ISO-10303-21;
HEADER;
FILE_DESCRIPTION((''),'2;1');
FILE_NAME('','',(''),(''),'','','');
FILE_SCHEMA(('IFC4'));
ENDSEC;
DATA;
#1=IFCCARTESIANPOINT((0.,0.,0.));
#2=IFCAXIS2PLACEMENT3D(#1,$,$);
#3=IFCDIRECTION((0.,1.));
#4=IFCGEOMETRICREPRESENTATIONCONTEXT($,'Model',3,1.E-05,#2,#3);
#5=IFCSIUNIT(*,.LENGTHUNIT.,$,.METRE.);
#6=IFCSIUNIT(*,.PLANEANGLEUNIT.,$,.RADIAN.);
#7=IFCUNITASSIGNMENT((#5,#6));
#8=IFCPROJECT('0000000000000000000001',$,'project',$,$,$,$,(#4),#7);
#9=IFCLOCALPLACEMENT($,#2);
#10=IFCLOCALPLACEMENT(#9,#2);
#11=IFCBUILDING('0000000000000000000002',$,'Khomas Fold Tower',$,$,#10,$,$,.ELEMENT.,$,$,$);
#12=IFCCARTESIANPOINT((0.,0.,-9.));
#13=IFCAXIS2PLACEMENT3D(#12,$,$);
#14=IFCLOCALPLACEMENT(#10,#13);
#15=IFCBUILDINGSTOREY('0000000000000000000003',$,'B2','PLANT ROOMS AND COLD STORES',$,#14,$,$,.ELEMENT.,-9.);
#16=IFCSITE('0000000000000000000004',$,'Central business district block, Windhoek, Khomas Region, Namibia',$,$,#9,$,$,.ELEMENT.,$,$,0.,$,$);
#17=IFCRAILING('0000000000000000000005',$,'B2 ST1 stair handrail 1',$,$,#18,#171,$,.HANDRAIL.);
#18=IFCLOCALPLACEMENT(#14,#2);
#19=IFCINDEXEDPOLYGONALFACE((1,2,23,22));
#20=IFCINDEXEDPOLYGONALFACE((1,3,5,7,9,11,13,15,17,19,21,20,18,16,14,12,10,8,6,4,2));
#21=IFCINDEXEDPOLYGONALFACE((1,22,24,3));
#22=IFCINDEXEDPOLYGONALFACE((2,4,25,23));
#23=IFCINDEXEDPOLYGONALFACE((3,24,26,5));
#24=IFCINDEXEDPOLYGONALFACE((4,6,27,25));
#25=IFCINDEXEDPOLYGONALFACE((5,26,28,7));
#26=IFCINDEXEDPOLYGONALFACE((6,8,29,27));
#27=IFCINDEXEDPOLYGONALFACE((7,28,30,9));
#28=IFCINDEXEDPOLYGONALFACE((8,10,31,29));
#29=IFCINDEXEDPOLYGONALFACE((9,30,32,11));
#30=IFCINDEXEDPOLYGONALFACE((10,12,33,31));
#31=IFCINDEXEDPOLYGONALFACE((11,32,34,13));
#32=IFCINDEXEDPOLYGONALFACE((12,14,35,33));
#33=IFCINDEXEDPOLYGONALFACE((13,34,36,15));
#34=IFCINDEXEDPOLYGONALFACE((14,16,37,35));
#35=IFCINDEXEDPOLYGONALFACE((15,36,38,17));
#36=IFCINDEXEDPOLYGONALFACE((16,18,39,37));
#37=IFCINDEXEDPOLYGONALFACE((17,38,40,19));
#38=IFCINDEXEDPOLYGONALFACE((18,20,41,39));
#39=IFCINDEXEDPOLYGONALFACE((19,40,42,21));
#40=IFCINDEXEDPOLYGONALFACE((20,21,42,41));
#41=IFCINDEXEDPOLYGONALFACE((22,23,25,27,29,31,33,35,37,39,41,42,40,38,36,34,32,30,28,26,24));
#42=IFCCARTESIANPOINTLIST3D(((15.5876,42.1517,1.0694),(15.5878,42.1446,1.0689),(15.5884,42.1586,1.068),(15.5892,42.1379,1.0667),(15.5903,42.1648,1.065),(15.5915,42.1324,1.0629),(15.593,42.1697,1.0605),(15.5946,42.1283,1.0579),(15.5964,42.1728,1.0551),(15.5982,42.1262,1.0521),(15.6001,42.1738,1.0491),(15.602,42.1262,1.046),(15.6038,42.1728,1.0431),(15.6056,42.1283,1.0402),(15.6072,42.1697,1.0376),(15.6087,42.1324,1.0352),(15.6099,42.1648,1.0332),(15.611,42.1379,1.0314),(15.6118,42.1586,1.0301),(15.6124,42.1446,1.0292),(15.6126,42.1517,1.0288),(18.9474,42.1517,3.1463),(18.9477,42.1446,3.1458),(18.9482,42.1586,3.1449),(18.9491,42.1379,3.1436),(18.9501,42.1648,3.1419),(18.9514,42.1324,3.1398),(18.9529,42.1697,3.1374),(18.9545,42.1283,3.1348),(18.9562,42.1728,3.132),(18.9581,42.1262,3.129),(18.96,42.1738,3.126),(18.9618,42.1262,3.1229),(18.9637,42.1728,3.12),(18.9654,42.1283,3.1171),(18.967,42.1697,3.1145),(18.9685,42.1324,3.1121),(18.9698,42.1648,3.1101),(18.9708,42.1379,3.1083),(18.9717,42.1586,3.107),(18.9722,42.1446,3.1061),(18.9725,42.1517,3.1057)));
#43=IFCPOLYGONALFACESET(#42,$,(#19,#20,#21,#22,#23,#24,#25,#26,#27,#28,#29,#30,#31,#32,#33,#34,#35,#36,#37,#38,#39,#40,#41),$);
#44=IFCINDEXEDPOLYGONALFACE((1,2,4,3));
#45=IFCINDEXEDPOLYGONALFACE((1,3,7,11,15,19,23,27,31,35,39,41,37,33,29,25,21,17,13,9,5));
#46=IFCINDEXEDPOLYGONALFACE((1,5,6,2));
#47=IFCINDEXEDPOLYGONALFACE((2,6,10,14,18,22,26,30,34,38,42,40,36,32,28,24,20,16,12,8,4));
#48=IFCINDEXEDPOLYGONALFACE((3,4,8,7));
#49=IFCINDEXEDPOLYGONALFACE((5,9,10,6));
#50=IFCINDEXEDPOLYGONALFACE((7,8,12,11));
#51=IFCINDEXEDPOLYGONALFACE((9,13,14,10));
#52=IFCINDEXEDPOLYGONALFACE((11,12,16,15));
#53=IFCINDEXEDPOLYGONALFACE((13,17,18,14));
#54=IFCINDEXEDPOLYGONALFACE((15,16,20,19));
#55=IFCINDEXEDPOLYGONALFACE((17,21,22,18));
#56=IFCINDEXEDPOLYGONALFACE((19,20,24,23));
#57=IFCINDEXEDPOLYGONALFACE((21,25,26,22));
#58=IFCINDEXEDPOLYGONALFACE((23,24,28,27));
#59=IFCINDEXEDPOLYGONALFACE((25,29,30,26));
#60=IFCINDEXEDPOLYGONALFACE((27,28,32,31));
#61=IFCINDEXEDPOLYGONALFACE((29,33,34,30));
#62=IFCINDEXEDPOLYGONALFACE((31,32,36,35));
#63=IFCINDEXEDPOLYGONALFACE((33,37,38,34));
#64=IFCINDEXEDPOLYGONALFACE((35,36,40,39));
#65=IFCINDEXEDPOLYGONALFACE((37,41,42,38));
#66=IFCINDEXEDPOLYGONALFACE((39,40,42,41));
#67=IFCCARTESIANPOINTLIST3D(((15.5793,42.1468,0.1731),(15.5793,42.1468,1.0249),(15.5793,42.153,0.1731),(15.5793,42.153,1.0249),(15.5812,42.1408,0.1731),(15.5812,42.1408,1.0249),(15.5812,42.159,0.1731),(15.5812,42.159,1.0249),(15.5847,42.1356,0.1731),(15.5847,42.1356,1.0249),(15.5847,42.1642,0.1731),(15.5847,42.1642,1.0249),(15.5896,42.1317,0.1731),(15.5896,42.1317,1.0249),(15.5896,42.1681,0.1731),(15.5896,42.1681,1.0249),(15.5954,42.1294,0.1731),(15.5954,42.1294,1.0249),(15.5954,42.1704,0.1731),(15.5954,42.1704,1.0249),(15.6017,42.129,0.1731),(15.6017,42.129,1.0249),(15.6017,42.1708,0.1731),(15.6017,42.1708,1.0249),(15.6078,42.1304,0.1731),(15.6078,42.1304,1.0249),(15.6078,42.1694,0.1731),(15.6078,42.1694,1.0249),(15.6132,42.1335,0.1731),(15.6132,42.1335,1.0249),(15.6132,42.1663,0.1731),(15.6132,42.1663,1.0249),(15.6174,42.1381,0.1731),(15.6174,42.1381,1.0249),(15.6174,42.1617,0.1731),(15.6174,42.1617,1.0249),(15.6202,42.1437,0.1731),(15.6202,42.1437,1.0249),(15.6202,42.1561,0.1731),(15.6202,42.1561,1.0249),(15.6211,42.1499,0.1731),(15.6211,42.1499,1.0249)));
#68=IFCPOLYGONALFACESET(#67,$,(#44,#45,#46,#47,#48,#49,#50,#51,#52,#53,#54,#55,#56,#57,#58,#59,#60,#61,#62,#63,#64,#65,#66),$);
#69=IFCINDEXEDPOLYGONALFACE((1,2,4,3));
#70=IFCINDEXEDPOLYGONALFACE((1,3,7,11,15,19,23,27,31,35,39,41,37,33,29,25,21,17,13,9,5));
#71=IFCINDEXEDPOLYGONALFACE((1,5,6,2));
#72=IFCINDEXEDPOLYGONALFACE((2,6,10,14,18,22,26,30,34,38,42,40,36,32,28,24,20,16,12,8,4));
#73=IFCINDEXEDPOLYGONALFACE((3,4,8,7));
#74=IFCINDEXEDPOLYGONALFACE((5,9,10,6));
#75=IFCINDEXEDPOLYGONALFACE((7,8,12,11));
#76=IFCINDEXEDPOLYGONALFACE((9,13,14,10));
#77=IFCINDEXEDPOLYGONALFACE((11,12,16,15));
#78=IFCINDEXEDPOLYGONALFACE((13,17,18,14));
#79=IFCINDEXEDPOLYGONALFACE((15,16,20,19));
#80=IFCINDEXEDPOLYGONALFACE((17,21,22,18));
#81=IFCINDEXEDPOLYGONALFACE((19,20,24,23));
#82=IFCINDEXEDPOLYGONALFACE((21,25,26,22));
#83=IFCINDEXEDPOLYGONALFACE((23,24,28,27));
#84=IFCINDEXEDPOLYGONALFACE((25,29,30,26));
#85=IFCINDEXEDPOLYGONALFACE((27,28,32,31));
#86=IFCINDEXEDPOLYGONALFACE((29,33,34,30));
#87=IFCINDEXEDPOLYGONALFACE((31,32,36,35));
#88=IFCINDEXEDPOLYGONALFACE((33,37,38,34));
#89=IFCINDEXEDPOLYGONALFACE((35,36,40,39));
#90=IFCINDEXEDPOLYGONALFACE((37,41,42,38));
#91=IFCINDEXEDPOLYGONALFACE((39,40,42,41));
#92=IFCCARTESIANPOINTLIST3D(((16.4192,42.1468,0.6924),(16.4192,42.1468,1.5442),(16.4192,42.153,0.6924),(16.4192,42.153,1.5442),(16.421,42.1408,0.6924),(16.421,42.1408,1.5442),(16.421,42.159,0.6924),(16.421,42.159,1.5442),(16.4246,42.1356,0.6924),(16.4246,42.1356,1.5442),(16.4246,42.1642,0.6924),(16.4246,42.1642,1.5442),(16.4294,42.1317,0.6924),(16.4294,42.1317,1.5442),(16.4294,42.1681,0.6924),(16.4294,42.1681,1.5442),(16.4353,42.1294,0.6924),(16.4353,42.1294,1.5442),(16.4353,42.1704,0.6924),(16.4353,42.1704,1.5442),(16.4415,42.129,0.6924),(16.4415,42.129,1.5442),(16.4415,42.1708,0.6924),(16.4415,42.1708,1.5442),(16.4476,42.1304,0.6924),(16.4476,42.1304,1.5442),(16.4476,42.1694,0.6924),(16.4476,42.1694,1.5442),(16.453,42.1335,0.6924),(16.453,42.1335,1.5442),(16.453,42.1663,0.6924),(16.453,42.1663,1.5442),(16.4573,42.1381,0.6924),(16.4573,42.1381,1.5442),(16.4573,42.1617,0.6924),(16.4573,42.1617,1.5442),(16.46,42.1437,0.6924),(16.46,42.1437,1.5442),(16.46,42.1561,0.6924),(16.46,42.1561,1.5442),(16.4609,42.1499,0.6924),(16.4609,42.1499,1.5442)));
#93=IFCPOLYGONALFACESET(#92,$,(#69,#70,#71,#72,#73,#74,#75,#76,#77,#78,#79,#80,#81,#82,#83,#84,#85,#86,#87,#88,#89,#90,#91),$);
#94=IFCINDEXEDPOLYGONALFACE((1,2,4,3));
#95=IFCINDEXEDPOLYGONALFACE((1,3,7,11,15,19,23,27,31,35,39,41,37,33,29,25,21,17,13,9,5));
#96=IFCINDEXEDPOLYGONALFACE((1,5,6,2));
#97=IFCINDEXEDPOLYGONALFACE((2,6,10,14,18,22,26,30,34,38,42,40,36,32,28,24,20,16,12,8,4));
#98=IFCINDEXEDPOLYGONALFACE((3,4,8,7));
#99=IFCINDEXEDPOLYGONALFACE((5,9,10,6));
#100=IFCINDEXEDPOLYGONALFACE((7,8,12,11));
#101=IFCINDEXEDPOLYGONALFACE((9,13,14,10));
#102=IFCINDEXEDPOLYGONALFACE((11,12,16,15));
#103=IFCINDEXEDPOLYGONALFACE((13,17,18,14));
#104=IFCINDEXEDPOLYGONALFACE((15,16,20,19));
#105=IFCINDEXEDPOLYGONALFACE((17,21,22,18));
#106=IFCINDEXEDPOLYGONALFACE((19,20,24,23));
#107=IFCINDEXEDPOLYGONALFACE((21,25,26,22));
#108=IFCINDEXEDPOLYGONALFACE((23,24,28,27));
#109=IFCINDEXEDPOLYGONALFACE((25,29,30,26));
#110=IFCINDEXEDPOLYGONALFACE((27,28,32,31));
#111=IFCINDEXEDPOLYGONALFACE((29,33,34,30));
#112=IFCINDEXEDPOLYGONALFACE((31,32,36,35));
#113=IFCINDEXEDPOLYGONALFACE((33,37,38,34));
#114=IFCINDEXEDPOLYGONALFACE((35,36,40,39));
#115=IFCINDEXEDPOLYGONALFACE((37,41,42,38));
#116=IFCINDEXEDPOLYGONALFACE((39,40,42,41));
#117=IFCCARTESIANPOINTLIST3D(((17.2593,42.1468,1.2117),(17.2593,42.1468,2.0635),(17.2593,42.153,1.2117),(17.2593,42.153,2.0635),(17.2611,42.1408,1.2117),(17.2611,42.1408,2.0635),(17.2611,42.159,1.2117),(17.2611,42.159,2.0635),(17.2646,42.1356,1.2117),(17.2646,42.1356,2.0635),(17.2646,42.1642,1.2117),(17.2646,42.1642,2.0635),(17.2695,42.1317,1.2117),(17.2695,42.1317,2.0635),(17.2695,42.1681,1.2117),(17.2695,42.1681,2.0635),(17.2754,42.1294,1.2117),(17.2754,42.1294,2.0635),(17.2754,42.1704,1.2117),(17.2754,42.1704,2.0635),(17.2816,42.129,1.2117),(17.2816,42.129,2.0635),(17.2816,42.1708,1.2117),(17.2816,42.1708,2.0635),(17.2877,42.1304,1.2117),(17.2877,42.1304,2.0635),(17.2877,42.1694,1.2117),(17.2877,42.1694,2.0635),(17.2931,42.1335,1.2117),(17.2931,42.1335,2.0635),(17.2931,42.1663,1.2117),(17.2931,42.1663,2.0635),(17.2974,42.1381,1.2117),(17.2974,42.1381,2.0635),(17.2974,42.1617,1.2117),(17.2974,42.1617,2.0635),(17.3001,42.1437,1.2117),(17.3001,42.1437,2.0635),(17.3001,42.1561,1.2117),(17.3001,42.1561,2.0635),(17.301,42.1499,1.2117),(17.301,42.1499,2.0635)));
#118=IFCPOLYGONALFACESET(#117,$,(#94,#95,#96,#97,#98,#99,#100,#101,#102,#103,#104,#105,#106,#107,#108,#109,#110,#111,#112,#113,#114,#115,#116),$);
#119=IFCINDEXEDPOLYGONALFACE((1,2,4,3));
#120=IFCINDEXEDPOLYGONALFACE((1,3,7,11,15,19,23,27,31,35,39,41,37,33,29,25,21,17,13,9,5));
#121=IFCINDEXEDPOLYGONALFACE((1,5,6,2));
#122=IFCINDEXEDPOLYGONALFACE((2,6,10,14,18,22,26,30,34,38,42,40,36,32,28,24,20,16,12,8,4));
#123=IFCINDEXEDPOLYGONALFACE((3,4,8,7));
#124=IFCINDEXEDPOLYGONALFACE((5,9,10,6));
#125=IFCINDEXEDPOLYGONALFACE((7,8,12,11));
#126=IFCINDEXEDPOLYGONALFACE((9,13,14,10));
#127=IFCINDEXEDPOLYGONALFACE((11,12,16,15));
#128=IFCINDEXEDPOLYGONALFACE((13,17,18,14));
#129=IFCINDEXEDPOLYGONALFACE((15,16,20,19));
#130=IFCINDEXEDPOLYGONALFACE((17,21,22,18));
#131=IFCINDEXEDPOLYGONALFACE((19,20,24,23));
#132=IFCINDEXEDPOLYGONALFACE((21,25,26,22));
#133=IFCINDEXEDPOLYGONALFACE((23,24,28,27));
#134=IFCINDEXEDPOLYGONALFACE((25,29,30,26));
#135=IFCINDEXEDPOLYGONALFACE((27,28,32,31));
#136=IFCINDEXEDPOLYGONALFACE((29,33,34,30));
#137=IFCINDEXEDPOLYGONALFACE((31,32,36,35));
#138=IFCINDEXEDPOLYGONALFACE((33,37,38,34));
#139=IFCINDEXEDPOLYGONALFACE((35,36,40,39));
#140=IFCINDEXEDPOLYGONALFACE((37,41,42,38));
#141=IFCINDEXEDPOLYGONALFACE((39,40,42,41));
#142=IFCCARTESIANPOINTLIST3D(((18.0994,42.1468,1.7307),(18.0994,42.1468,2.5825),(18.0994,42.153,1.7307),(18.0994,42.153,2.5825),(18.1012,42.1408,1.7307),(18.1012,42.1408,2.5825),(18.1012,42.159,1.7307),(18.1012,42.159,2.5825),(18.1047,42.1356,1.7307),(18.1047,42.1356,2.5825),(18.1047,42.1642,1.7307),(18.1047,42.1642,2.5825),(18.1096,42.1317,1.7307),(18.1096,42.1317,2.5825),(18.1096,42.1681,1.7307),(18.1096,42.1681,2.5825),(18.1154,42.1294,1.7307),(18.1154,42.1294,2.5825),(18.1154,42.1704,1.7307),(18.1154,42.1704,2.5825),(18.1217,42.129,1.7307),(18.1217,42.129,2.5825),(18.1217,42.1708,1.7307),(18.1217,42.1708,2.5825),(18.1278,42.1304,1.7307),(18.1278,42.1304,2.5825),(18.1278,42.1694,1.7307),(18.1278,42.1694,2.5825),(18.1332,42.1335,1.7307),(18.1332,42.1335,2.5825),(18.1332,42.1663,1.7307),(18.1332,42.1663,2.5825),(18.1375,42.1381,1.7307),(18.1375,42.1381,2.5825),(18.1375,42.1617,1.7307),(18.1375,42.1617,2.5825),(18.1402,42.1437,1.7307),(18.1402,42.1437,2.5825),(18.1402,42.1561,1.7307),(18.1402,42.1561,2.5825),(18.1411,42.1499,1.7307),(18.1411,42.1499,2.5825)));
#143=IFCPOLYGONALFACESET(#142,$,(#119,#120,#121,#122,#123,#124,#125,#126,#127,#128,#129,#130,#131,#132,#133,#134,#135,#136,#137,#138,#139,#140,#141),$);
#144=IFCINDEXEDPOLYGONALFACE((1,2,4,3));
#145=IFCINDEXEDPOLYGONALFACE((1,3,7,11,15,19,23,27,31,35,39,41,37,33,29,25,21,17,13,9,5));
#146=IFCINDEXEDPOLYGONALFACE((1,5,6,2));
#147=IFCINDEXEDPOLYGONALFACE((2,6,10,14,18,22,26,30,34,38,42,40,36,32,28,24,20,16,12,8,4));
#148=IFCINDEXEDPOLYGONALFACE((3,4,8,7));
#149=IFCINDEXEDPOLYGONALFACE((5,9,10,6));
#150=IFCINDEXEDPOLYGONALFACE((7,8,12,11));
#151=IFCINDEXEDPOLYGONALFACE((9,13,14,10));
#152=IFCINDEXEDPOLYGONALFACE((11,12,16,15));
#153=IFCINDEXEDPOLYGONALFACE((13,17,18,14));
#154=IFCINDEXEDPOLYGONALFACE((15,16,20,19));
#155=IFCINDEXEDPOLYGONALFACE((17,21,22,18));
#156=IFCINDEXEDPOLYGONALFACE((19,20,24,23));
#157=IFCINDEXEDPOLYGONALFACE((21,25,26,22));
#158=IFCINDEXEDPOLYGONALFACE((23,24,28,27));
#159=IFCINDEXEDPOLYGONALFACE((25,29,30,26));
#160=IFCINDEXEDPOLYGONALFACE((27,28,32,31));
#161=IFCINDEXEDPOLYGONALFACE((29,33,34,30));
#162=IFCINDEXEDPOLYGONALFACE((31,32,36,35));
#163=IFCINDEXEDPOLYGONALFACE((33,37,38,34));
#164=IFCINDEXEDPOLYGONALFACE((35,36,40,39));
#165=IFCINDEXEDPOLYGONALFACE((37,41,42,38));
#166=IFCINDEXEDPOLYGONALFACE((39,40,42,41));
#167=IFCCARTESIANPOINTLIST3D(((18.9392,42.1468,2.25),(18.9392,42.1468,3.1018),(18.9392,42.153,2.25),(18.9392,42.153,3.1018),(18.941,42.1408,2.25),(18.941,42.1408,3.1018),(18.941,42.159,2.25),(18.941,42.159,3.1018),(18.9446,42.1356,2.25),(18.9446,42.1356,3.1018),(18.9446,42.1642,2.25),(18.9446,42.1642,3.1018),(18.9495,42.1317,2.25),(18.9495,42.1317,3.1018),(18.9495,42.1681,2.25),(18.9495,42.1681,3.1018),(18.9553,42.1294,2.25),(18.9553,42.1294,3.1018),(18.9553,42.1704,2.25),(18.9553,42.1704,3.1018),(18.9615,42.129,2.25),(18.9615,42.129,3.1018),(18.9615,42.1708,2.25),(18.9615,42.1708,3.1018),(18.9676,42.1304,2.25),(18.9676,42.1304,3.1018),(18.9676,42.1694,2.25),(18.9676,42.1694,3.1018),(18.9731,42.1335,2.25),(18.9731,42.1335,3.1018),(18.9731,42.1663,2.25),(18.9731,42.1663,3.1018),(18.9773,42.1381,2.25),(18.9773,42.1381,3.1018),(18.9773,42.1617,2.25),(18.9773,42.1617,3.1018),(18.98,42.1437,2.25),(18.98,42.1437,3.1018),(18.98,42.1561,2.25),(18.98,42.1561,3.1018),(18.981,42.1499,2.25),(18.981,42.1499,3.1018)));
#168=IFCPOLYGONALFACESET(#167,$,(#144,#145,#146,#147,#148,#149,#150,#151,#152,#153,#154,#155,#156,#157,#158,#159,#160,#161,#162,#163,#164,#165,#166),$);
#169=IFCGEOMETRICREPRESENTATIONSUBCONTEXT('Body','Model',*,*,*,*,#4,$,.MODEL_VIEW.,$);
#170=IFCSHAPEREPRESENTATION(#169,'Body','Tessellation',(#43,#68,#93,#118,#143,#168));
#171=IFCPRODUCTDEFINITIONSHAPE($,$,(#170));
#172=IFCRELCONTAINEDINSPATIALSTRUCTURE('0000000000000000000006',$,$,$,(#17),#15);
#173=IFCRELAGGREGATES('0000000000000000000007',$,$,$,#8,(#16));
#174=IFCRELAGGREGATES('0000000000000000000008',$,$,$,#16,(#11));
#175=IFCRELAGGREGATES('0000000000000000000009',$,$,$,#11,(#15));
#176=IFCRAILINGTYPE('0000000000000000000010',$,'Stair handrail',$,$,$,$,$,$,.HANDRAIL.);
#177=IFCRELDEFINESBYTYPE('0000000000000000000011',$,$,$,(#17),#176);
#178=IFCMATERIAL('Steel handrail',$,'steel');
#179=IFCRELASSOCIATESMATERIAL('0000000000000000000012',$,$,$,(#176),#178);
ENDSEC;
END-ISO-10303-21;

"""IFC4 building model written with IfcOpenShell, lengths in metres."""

from ifc_helpers import new_model, si_unit, direction, frame, origin, origin_2d, place, context, subcontext, project, spatial, circle, extrude, source, transform, mapped, material, type_object, element, save


model = new_model("IFC4")

# Units and contexts
model_context = context("Model", 3, precision=1e-05, world=origin(), true_north=direction((0.0, 1.0)))
body_context = subcontext(model_context, "Body", "Model", "MODEL_VIEW")
ifc_project = project(units=[si_unit("LENGTHUNIT", "METRE"), si_unit("PLANEANGLEUNIT", "RADIAN")], contexts=[model_context])

# Site, building, storey
site_placement = place(None, origin())
site = spatial("IfcSite", under=ifc_project, at=site_placement, Name="Central business district block, Windhoek, Khomas Region, Namibia", CompositionType="ELEMENT", RefElevation=0.0)
building_placement = place(site_placement, origin())
building = spatial("IfcBuilding", under=site, at=building_placement, Name="Khomas Fold Tower", CompositionType="ELEMENT")
storey_placement = place(building_placement, frame((0.0, 0.0, -9.0)))
storey = spatial("IfcBuildingStorey", under=building, at=storey_placement, Name="B2", Description="PLANT ROOMS AND COLD STORES", CompositionType="ELEMENT", Elevation=-9.0)

# Railing
ifc_material_1 = material(Name="Steel handrail", Category="steel")
railing_type_1 = type_object("IfcRailingType", Name="Stair handrail", PredefinedType="HANDRAIL", material=ifc_material_1)
shared_shape_1 = source(origin(), body_context, "Body", "SweptSolid", [
    extrude(circle(Radius=0.0239, at=origin_2d()), frame((0.0, 0.0, 0.876), z_axis=(0.850606, 0.0, 0.525803), x_axis=(0.0, 1.0, 0.0)), (0.0, 0.0, 1.0), 3.95),
    extrude(circle(Radius=0.021, at=origin_2d()), origin(), (0.0, 0.0, 1.0), 0.8518),
    extrude(circle(Radius=0.021, at=origin_2d()), frame((0.8398, 0.0, 0.5193)), (0.0, 0.0, 1.0), 0.8518),
    extrude(circle(Radius=0.021, at=origin_2d()), frame((1.6799, 0.0, 1.0386)), (0.0, 0.0, 1.0), 0.8518),
    extrude(circle(Radius=0.021, at=origin_2d()), frame((2.52, 0.0, 1.5576)), (0.0, 0.0, 1.0), 0.8518),
    extrude(circle(Radius=0.021, at=origin_2d()), frame((3.3599, 0.0, 2.0769)), (0.0, 0.0, 1.0), 0.8518),
])
railing_1_placement = place(storey_placement, frame((15.6001, 42.1499, 0.1731)))
element("IfcRailing", 1, at=railing_1_placement, inside=storey, type_object=railing_type_1, Name="B2 ST1 stair handrail 1", PredefinedType="HANDRAIL", context=body_context, shape_type="MappedRepresentation", body=[
    mapped(shared_shape_1, transform((0.0, 0.0, 0.0))),
])

save(model, "model.ifc")
